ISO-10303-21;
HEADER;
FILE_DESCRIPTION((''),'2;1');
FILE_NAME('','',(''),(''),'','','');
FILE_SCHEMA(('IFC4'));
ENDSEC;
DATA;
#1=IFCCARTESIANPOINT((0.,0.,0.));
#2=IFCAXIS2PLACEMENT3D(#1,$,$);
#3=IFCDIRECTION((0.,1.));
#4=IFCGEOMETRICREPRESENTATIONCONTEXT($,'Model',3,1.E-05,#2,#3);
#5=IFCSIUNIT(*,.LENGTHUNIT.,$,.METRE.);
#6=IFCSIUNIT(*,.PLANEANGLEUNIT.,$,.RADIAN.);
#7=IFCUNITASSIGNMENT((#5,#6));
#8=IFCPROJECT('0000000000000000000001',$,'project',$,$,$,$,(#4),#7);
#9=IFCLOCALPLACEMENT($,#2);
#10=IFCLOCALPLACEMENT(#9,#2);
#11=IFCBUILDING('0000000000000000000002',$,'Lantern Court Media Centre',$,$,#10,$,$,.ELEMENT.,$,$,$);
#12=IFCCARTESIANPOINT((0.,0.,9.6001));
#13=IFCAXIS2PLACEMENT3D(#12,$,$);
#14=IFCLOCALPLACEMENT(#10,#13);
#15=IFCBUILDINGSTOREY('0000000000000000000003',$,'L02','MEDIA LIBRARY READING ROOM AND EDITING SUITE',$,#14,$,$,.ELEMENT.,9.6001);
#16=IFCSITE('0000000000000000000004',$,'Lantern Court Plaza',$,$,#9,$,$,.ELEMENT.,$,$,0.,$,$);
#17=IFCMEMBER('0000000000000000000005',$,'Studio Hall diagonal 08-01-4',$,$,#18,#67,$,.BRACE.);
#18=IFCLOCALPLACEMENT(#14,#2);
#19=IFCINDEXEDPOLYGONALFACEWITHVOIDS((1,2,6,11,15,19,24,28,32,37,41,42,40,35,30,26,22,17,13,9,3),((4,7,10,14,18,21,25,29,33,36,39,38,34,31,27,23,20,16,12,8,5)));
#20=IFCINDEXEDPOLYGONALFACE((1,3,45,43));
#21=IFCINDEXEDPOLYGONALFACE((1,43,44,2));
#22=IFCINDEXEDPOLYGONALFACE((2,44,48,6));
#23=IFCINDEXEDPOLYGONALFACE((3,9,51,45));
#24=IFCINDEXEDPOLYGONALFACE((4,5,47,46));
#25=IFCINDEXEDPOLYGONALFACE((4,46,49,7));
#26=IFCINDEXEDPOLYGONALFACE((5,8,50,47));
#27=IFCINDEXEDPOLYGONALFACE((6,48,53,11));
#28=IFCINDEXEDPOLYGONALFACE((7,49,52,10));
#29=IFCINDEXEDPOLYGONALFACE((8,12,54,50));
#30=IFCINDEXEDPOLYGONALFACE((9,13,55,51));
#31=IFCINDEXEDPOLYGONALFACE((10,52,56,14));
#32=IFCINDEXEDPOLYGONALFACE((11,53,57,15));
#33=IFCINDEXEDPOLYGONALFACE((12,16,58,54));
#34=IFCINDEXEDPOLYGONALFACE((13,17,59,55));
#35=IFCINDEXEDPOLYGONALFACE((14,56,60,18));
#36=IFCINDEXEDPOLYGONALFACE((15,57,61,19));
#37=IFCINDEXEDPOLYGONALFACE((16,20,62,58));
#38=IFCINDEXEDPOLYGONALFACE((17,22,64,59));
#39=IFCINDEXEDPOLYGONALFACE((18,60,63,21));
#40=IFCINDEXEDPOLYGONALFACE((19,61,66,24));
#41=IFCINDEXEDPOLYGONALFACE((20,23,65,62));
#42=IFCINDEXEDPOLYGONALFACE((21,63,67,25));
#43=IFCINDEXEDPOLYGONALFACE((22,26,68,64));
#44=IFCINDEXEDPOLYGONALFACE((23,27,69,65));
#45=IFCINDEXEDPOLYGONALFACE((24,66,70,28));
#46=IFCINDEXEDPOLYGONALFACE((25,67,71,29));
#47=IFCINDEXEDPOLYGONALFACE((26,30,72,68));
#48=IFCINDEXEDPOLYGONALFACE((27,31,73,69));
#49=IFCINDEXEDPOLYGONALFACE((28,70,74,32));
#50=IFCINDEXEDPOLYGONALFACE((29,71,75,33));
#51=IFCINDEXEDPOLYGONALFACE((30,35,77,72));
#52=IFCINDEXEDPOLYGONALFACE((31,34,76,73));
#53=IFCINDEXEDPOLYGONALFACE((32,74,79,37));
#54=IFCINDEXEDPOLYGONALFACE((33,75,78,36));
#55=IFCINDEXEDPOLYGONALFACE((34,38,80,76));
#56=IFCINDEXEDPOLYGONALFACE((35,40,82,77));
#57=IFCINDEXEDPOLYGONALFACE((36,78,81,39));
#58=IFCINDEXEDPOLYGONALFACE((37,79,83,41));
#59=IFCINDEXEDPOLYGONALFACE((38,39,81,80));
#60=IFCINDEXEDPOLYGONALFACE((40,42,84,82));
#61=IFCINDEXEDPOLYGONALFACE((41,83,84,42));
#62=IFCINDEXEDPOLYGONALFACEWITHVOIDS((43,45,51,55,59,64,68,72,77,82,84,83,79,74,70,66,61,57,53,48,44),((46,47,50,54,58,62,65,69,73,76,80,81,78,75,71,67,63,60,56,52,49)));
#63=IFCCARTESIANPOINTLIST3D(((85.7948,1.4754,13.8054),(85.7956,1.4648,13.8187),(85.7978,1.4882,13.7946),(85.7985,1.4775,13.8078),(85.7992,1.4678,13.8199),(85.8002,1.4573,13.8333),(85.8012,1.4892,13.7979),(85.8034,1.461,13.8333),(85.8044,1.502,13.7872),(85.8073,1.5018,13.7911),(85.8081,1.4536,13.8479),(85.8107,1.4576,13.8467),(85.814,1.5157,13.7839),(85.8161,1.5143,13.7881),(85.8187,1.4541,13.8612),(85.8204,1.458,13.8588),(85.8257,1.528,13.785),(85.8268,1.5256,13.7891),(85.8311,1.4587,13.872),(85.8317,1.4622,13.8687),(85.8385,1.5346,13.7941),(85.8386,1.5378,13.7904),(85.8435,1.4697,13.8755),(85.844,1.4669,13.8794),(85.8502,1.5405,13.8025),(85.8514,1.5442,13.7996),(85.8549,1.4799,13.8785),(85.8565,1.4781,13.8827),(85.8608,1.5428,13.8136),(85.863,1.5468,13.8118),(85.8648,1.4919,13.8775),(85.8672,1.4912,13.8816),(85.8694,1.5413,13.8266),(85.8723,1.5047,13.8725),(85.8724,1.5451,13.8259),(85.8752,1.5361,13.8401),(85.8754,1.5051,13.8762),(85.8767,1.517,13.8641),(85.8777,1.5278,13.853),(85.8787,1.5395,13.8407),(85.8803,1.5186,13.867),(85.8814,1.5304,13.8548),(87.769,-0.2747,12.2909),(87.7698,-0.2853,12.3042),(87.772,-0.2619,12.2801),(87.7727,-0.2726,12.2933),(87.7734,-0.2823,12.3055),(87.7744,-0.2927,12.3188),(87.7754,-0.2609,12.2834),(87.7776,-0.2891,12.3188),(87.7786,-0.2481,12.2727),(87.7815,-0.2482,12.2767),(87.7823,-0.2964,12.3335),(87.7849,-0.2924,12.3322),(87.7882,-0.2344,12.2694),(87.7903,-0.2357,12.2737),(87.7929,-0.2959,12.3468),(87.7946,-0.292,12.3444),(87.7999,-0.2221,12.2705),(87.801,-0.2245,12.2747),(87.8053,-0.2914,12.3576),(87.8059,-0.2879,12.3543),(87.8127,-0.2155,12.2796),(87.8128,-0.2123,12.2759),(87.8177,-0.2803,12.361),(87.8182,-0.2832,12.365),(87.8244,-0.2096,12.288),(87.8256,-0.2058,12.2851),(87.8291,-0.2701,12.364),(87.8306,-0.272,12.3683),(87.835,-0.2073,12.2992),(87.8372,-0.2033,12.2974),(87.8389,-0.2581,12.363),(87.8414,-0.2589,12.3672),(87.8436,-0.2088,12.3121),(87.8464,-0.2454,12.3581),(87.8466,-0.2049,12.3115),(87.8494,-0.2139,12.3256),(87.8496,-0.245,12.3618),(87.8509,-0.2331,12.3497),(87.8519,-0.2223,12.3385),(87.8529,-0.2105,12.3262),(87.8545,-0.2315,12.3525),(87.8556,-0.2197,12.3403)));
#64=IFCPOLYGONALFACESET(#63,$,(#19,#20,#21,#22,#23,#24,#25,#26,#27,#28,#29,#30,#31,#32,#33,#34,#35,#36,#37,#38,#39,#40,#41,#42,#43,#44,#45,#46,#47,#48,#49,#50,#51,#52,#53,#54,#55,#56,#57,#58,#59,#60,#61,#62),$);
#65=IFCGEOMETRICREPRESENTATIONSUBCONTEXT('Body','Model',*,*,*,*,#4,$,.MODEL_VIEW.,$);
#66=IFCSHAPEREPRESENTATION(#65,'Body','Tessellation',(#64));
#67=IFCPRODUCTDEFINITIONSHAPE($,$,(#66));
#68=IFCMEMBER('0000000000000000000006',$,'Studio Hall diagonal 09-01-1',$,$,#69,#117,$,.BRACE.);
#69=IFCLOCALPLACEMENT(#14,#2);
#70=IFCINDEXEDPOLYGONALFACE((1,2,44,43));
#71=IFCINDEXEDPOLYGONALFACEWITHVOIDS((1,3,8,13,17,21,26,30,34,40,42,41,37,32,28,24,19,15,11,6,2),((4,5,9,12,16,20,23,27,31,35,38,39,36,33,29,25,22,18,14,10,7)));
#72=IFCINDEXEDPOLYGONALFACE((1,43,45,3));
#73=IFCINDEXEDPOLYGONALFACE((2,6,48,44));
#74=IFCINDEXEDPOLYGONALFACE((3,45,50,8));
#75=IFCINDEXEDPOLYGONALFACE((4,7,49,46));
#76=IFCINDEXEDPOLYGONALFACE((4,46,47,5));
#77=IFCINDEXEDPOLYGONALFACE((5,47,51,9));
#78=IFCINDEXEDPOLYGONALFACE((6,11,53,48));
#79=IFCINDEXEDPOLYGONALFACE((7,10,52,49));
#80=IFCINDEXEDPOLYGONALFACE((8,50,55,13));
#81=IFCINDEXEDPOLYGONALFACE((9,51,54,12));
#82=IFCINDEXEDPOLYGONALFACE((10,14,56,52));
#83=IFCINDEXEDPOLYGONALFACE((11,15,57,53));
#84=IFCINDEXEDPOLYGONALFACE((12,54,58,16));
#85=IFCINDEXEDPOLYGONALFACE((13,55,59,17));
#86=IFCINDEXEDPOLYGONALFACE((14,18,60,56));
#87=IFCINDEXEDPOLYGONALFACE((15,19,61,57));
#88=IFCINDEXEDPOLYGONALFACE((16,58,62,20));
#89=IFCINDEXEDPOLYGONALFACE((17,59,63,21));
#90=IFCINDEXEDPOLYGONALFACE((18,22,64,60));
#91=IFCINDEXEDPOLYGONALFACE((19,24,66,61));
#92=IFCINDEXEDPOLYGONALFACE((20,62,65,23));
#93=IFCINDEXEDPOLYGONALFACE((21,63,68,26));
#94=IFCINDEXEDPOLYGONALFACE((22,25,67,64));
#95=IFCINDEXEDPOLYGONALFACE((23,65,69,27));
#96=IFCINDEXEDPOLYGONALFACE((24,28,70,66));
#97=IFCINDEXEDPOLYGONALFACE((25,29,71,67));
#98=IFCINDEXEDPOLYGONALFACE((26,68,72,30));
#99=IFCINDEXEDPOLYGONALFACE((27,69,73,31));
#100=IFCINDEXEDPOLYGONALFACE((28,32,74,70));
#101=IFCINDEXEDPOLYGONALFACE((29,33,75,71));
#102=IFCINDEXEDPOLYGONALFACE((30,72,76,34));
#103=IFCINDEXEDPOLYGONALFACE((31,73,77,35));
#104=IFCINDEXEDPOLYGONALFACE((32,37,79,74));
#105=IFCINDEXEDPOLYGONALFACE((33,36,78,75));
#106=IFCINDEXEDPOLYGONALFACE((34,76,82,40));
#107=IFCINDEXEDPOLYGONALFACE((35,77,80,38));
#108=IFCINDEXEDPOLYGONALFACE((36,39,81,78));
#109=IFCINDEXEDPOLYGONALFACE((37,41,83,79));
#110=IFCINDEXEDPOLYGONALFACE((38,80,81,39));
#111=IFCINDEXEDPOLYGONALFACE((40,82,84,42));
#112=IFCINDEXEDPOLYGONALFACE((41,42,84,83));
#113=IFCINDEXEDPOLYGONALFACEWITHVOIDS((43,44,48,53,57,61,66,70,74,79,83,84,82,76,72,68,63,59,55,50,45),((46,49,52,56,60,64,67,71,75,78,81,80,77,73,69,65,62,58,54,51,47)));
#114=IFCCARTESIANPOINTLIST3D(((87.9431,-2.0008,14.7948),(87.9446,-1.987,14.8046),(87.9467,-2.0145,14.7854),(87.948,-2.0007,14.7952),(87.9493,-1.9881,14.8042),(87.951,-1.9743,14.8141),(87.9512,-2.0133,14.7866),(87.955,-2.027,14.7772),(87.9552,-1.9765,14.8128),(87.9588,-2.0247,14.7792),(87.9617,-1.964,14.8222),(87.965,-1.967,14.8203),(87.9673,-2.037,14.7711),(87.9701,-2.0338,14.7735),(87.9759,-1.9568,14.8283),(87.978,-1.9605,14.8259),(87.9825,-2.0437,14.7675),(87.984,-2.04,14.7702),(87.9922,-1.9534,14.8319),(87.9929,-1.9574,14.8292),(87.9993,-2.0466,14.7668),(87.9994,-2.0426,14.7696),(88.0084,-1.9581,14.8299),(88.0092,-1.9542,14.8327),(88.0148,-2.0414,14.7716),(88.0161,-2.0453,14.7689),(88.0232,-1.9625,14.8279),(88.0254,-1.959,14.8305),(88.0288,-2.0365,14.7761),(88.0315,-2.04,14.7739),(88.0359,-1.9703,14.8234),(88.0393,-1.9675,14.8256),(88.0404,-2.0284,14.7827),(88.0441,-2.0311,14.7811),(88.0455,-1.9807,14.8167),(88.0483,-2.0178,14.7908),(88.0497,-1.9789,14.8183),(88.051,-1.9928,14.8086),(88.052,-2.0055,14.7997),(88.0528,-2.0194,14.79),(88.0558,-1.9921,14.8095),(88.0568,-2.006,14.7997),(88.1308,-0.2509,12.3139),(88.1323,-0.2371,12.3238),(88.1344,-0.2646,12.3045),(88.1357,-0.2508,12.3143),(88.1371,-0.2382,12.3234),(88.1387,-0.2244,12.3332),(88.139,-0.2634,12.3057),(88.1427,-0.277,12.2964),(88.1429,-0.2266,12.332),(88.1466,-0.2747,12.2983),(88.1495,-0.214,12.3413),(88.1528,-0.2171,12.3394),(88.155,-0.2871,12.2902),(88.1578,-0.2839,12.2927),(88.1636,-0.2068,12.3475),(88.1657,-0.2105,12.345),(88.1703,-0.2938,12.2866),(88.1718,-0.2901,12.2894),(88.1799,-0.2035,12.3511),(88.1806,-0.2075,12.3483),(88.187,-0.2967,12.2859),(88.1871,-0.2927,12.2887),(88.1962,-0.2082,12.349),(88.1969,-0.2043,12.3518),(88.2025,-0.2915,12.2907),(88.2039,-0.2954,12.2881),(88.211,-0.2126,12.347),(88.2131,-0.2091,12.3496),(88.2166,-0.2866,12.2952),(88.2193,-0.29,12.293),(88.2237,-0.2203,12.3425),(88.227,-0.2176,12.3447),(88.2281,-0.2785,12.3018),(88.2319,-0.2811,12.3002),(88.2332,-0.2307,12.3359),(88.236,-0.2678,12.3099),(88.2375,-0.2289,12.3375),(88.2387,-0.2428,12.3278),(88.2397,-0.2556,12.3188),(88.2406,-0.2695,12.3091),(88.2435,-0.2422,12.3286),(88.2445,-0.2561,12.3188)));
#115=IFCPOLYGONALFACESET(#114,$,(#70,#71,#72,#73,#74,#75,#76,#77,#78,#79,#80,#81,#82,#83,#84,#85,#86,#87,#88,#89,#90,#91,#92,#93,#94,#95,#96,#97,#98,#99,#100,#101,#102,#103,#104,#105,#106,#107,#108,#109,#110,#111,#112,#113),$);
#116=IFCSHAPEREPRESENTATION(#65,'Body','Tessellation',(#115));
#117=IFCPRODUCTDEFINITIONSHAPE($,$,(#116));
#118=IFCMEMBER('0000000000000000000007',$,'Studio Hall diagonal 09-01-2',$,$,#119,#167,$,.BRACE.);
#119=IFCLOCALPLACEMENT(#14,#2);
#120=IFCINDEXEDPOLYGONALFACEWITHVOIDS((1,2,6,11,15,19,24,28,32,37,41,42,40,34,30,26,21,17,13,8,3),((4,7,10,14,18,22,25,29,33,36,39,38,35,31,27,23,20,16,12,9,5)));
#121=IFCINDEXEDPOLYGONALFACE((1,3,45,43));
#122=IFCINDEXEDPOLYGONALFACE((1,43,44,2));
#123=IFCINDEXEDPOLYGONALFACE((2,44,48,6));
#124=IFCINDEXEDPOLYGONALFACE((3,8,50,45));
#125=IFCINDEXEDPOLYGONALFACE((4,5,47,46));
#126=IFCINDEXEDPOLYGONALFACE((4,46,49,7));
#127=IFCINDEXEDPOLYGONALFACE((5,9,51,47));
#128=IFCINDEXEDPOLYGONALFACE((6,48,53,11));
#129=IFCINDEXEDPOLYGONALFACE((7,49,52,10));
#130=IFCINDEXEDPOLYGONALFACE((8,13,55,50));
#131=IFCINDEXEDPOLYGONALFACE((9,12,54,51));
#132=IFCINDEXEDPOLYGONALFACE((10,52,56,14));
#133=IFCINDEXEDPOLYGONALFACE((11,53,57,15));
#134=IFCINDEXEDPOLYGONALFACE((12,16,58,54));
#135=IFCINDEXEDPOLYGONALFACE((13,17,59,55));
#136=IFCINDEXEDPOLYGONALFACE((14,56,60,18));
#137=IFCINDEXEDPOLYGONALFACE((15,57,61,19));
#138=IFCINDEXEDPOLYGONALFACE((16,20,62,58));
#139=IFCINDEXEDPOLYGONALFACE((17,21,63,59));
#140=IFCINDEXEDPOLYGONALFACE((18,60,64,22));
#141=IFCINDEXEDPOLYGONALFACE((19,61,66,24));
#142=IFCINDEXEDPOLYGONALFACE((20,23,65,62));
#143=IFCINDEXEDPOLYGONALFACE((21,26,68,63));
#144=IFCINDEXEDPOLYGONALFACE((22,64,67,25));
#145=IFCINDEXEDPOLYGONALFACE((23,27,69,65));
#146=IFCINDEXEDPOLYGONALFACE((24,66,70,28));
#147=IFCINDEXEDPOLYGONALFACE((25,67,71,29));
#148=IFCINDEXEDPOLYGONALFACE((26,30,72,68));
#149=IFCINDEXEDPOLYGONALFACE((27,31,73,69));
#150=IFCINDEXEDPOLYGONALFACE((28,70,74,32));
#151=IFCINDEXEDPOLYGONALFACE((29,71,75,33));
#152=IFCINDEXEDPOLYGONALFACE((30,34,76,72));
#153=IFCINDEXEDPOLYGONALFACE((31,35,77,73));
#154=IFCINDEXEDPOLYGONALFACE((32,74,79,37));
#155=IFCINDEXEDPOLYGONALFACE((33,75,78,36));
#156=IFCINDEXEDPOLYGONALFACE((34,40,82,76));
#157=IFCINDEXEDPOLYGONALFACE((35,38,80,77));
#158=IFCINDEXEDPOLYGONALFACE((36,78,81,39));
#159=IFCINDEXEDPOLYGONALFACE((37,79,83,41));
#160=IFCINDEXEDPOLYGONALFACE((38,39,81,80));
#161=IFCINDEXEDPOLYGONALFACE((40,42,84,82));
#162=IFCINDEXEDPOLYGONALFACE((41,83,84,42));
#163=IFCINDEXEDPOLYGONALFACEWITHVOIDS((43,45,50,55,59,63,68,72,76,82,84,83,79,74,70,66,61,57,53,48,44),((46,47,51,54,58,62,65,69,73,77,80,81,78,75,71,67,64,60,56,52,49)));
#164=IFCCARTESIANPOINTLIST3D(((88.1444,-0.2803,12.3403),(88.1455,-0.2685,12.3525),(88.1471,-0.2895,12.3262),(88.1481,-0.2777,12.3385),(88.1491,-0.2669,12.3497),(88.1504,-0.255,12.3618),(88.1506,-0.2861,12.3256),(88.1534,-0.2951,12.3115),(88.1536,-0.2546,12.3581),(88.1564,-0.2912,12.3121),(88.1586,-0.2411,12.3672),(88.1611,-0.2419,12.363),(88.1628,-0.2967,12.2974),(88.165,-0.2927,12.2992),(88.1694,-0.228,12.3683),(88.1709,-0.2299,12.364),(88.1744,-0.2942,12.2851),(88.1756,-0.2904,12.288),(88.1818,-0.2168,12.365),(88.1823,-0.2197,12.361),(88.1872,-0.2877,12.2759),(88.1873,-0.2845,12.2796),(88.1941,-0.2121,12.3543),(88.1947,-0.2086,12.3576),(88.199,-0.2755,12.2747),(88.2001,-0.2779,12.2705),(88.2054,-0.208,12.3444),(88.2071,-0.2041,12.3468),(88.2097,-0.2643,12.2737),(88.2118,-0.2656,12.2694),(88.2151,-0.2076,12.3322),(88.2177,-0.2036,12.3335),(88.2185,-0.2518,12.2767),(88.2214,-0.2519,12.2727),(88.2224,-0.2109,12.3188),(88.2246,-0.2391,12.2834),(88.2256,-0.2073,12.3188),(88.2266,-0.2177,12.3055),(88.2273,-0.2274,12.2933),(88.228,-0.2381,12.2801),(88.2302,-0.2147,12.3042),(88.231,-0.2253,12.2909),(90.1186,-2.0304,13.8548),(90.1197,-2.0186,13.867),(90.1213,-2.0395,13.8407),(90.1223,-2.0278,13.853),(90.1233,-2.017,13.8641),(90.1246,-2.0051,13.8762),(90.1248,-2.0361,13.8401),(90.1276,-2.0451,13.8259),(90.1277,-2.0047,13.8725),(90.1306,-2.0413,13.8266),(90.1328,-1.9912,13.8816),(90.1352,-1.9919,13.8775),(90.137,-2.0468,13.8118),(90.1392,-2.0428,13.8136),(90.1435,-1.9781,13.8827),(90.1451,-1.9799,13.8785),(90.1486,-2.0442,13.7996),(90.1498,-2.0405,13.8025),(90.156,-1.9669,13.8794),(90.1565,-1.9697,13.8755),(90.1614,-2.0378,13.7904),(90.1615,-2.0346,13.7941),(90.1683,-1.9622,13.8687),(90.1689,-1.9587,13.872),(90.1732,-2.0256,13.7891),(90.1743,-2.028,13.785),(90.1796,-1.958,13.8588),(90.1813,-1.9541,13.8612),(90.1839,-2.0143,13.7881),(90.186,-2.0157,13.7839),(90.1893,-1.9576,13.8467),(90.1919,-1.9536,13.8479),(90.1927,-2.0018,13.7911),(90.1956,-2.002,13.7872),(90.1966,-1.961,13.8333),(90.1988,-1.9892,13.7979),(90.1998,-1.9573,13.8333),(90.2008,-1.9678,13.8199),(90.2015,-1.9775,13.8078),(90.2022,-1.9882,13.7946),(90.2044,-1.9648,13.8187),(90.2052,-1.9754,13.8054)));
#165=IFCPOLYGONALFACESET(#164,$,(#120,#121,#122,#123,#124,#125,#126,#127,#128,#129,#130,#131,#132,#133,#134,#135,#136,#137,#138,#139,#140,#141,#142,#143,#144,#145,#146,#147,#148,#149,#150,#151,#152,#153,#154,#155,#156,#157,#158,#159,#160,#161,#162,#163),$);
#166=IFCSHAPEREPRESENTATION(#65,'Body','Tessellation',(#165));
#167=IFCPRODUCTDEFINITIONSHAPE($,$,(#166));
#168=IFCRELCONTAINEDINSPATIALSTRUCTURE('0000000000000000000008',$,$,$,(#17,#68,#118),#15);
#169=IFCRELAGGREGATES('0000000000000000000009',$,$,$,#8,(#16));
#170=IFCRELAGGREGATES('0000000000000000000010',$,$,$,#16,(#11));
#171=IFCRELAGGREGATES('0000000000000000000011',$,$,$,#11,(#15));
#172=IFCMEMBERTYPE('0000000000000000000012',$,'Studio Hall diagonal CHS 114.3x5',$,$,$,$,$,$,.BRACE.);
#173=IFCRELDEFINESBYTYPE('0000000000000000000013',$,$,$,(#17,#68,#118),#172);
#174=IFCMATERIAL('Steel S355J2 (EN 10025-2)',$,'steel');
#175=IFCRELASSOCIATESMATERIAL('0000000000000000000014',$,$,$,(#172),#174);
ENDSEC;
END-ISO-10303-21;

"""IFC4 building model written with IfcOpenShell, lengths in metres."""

from ifc_helpers import new_model, si_unit, direction, frame, origin, origin_2d, place, context, subcontext, project, spatial, hollow_circle, extrude, material, material_profile, profile_set, type_object, element, save


model = new_model("IFC4")

# Units and contexts
model_context = context("Model", 3, precision=1e-05, world=origin(), true_north=direction((0.0, 1.0)))
body_context = subcontext(model_context, "Body", "Model", "MODEL_VIEW")
ifc_project = project(units=[si_unit("LENGTHUNIT", "METRE"), si_unit("PLANEANGLEUNIT", "RADIAN")], contexts=[model_context])

# Site, building, storey
site_placement = place(None, origin())
site = spatial("IfcSite", under=ifc_project, at=site_placement, Name="Lantern Court Plaza", CompositionType="ELEMENT", RefElevation=0.0)
building_placement = place(site_placement, origin())
building = spatial("IfcBuilding", under=site, at=building_placement, Name="Lantern Court Media Centre", CompositionType="ELEMENT")
storey_placement = place(building_placement, frame((0.0, 0.0, 9.6001)))
storey = spatial("IfcBuildingStorey", under=building, at=storey_placement, Name="L02", Description="MEDIA LIBRARY READING ROOM AND EDITING SUITE", CompositionType="ELEMENT", Elevation=9.6001)

# Members
ifc_material = material(Name="Steel S355J2 (EN 10025-2)", Category="steel")
ifc_material_profile_1 = material_profile(ifc_material, hollow_circle(Radius=0.0571, WallThickness=0.0049, at=origin_2d()), Name="Studio Hall diagonal CHS 114.3x5")
ifc_profile_set_1 = profile_set([ifc_material_profile_1], Name="Steel S355J2 (EN 10025-2)")
member_type_1 = type_object("IfcMemberType", Name="Studio Hall diagonal CHS 114.3x5", PredefinedType="BRACE", material=ifc_profile_set_1)
member_1_placement = place(storey_placement, frame((87.8123, -0.25, 12.3188), z_axis=(-0.648979, 0.575301, 0.49785), x_axis=(-0.663352, -0.748307, 0.0)))
element("IfcMember", 1, at=member_1_placement, inside=storey, type_object=member_type_1, Name="Studio Hall diagonal 08-01-4", PredefinedType="BRACE", context=body_context, shape_type="SweptSolid", body=[
    extrude(hollow_circle(Radius=0.0571, WallThickness=0.0049, at=origin_2d()), origin(), (0.0, 0.0, 1.0), 3.042),
])
member_2_placement = place(storey_placement, frame((88.1877, -0.25, 12.3188), z_axis=(-0.06172, -0.575306, 0.815606), x_axis=(0.994294, -0.10667, 0.0)))
element("IfcMember", 2, at=member_2_placement, inside=storey, type_object=member_type_1, Name="Studio Hall diagonal 09-01-1", PredefinedType="BRACE", context=body_context, shape_type="SweptSolid", body=[
    extrude(hollow_circle(Radius=0.0571, WallThickness=0.0049, at=origin_2d()), origin(), (0.0, 0.0, 1.0), 3.0417),
])
for number, where, z_axis, x_axis, name in (
    (3, (88.1877, -0.25, 12.3188), (0.648979, -0.575301, 0.49785), (0.663352, 0.748307, 0.0), "Studio Hall diagonal 09-01-2"),
):
    element("IfcMember", number, at=place(storey_placement, frame(where, z_axis=z_axis, x_axis=x_axis)), inside=storey, type_object=member_type_1, Name=name, PredefinedType="BRACE", context=body_context, shape_type="SweptSolid", body=[
        extrude(hollow_circle(Radius=0.0571, WallThickness=0.0049, at=origin_2d()), origin(), (0.0, 0.0, 1.0), 3.042),
    ])

save(model, "model.ifc")
